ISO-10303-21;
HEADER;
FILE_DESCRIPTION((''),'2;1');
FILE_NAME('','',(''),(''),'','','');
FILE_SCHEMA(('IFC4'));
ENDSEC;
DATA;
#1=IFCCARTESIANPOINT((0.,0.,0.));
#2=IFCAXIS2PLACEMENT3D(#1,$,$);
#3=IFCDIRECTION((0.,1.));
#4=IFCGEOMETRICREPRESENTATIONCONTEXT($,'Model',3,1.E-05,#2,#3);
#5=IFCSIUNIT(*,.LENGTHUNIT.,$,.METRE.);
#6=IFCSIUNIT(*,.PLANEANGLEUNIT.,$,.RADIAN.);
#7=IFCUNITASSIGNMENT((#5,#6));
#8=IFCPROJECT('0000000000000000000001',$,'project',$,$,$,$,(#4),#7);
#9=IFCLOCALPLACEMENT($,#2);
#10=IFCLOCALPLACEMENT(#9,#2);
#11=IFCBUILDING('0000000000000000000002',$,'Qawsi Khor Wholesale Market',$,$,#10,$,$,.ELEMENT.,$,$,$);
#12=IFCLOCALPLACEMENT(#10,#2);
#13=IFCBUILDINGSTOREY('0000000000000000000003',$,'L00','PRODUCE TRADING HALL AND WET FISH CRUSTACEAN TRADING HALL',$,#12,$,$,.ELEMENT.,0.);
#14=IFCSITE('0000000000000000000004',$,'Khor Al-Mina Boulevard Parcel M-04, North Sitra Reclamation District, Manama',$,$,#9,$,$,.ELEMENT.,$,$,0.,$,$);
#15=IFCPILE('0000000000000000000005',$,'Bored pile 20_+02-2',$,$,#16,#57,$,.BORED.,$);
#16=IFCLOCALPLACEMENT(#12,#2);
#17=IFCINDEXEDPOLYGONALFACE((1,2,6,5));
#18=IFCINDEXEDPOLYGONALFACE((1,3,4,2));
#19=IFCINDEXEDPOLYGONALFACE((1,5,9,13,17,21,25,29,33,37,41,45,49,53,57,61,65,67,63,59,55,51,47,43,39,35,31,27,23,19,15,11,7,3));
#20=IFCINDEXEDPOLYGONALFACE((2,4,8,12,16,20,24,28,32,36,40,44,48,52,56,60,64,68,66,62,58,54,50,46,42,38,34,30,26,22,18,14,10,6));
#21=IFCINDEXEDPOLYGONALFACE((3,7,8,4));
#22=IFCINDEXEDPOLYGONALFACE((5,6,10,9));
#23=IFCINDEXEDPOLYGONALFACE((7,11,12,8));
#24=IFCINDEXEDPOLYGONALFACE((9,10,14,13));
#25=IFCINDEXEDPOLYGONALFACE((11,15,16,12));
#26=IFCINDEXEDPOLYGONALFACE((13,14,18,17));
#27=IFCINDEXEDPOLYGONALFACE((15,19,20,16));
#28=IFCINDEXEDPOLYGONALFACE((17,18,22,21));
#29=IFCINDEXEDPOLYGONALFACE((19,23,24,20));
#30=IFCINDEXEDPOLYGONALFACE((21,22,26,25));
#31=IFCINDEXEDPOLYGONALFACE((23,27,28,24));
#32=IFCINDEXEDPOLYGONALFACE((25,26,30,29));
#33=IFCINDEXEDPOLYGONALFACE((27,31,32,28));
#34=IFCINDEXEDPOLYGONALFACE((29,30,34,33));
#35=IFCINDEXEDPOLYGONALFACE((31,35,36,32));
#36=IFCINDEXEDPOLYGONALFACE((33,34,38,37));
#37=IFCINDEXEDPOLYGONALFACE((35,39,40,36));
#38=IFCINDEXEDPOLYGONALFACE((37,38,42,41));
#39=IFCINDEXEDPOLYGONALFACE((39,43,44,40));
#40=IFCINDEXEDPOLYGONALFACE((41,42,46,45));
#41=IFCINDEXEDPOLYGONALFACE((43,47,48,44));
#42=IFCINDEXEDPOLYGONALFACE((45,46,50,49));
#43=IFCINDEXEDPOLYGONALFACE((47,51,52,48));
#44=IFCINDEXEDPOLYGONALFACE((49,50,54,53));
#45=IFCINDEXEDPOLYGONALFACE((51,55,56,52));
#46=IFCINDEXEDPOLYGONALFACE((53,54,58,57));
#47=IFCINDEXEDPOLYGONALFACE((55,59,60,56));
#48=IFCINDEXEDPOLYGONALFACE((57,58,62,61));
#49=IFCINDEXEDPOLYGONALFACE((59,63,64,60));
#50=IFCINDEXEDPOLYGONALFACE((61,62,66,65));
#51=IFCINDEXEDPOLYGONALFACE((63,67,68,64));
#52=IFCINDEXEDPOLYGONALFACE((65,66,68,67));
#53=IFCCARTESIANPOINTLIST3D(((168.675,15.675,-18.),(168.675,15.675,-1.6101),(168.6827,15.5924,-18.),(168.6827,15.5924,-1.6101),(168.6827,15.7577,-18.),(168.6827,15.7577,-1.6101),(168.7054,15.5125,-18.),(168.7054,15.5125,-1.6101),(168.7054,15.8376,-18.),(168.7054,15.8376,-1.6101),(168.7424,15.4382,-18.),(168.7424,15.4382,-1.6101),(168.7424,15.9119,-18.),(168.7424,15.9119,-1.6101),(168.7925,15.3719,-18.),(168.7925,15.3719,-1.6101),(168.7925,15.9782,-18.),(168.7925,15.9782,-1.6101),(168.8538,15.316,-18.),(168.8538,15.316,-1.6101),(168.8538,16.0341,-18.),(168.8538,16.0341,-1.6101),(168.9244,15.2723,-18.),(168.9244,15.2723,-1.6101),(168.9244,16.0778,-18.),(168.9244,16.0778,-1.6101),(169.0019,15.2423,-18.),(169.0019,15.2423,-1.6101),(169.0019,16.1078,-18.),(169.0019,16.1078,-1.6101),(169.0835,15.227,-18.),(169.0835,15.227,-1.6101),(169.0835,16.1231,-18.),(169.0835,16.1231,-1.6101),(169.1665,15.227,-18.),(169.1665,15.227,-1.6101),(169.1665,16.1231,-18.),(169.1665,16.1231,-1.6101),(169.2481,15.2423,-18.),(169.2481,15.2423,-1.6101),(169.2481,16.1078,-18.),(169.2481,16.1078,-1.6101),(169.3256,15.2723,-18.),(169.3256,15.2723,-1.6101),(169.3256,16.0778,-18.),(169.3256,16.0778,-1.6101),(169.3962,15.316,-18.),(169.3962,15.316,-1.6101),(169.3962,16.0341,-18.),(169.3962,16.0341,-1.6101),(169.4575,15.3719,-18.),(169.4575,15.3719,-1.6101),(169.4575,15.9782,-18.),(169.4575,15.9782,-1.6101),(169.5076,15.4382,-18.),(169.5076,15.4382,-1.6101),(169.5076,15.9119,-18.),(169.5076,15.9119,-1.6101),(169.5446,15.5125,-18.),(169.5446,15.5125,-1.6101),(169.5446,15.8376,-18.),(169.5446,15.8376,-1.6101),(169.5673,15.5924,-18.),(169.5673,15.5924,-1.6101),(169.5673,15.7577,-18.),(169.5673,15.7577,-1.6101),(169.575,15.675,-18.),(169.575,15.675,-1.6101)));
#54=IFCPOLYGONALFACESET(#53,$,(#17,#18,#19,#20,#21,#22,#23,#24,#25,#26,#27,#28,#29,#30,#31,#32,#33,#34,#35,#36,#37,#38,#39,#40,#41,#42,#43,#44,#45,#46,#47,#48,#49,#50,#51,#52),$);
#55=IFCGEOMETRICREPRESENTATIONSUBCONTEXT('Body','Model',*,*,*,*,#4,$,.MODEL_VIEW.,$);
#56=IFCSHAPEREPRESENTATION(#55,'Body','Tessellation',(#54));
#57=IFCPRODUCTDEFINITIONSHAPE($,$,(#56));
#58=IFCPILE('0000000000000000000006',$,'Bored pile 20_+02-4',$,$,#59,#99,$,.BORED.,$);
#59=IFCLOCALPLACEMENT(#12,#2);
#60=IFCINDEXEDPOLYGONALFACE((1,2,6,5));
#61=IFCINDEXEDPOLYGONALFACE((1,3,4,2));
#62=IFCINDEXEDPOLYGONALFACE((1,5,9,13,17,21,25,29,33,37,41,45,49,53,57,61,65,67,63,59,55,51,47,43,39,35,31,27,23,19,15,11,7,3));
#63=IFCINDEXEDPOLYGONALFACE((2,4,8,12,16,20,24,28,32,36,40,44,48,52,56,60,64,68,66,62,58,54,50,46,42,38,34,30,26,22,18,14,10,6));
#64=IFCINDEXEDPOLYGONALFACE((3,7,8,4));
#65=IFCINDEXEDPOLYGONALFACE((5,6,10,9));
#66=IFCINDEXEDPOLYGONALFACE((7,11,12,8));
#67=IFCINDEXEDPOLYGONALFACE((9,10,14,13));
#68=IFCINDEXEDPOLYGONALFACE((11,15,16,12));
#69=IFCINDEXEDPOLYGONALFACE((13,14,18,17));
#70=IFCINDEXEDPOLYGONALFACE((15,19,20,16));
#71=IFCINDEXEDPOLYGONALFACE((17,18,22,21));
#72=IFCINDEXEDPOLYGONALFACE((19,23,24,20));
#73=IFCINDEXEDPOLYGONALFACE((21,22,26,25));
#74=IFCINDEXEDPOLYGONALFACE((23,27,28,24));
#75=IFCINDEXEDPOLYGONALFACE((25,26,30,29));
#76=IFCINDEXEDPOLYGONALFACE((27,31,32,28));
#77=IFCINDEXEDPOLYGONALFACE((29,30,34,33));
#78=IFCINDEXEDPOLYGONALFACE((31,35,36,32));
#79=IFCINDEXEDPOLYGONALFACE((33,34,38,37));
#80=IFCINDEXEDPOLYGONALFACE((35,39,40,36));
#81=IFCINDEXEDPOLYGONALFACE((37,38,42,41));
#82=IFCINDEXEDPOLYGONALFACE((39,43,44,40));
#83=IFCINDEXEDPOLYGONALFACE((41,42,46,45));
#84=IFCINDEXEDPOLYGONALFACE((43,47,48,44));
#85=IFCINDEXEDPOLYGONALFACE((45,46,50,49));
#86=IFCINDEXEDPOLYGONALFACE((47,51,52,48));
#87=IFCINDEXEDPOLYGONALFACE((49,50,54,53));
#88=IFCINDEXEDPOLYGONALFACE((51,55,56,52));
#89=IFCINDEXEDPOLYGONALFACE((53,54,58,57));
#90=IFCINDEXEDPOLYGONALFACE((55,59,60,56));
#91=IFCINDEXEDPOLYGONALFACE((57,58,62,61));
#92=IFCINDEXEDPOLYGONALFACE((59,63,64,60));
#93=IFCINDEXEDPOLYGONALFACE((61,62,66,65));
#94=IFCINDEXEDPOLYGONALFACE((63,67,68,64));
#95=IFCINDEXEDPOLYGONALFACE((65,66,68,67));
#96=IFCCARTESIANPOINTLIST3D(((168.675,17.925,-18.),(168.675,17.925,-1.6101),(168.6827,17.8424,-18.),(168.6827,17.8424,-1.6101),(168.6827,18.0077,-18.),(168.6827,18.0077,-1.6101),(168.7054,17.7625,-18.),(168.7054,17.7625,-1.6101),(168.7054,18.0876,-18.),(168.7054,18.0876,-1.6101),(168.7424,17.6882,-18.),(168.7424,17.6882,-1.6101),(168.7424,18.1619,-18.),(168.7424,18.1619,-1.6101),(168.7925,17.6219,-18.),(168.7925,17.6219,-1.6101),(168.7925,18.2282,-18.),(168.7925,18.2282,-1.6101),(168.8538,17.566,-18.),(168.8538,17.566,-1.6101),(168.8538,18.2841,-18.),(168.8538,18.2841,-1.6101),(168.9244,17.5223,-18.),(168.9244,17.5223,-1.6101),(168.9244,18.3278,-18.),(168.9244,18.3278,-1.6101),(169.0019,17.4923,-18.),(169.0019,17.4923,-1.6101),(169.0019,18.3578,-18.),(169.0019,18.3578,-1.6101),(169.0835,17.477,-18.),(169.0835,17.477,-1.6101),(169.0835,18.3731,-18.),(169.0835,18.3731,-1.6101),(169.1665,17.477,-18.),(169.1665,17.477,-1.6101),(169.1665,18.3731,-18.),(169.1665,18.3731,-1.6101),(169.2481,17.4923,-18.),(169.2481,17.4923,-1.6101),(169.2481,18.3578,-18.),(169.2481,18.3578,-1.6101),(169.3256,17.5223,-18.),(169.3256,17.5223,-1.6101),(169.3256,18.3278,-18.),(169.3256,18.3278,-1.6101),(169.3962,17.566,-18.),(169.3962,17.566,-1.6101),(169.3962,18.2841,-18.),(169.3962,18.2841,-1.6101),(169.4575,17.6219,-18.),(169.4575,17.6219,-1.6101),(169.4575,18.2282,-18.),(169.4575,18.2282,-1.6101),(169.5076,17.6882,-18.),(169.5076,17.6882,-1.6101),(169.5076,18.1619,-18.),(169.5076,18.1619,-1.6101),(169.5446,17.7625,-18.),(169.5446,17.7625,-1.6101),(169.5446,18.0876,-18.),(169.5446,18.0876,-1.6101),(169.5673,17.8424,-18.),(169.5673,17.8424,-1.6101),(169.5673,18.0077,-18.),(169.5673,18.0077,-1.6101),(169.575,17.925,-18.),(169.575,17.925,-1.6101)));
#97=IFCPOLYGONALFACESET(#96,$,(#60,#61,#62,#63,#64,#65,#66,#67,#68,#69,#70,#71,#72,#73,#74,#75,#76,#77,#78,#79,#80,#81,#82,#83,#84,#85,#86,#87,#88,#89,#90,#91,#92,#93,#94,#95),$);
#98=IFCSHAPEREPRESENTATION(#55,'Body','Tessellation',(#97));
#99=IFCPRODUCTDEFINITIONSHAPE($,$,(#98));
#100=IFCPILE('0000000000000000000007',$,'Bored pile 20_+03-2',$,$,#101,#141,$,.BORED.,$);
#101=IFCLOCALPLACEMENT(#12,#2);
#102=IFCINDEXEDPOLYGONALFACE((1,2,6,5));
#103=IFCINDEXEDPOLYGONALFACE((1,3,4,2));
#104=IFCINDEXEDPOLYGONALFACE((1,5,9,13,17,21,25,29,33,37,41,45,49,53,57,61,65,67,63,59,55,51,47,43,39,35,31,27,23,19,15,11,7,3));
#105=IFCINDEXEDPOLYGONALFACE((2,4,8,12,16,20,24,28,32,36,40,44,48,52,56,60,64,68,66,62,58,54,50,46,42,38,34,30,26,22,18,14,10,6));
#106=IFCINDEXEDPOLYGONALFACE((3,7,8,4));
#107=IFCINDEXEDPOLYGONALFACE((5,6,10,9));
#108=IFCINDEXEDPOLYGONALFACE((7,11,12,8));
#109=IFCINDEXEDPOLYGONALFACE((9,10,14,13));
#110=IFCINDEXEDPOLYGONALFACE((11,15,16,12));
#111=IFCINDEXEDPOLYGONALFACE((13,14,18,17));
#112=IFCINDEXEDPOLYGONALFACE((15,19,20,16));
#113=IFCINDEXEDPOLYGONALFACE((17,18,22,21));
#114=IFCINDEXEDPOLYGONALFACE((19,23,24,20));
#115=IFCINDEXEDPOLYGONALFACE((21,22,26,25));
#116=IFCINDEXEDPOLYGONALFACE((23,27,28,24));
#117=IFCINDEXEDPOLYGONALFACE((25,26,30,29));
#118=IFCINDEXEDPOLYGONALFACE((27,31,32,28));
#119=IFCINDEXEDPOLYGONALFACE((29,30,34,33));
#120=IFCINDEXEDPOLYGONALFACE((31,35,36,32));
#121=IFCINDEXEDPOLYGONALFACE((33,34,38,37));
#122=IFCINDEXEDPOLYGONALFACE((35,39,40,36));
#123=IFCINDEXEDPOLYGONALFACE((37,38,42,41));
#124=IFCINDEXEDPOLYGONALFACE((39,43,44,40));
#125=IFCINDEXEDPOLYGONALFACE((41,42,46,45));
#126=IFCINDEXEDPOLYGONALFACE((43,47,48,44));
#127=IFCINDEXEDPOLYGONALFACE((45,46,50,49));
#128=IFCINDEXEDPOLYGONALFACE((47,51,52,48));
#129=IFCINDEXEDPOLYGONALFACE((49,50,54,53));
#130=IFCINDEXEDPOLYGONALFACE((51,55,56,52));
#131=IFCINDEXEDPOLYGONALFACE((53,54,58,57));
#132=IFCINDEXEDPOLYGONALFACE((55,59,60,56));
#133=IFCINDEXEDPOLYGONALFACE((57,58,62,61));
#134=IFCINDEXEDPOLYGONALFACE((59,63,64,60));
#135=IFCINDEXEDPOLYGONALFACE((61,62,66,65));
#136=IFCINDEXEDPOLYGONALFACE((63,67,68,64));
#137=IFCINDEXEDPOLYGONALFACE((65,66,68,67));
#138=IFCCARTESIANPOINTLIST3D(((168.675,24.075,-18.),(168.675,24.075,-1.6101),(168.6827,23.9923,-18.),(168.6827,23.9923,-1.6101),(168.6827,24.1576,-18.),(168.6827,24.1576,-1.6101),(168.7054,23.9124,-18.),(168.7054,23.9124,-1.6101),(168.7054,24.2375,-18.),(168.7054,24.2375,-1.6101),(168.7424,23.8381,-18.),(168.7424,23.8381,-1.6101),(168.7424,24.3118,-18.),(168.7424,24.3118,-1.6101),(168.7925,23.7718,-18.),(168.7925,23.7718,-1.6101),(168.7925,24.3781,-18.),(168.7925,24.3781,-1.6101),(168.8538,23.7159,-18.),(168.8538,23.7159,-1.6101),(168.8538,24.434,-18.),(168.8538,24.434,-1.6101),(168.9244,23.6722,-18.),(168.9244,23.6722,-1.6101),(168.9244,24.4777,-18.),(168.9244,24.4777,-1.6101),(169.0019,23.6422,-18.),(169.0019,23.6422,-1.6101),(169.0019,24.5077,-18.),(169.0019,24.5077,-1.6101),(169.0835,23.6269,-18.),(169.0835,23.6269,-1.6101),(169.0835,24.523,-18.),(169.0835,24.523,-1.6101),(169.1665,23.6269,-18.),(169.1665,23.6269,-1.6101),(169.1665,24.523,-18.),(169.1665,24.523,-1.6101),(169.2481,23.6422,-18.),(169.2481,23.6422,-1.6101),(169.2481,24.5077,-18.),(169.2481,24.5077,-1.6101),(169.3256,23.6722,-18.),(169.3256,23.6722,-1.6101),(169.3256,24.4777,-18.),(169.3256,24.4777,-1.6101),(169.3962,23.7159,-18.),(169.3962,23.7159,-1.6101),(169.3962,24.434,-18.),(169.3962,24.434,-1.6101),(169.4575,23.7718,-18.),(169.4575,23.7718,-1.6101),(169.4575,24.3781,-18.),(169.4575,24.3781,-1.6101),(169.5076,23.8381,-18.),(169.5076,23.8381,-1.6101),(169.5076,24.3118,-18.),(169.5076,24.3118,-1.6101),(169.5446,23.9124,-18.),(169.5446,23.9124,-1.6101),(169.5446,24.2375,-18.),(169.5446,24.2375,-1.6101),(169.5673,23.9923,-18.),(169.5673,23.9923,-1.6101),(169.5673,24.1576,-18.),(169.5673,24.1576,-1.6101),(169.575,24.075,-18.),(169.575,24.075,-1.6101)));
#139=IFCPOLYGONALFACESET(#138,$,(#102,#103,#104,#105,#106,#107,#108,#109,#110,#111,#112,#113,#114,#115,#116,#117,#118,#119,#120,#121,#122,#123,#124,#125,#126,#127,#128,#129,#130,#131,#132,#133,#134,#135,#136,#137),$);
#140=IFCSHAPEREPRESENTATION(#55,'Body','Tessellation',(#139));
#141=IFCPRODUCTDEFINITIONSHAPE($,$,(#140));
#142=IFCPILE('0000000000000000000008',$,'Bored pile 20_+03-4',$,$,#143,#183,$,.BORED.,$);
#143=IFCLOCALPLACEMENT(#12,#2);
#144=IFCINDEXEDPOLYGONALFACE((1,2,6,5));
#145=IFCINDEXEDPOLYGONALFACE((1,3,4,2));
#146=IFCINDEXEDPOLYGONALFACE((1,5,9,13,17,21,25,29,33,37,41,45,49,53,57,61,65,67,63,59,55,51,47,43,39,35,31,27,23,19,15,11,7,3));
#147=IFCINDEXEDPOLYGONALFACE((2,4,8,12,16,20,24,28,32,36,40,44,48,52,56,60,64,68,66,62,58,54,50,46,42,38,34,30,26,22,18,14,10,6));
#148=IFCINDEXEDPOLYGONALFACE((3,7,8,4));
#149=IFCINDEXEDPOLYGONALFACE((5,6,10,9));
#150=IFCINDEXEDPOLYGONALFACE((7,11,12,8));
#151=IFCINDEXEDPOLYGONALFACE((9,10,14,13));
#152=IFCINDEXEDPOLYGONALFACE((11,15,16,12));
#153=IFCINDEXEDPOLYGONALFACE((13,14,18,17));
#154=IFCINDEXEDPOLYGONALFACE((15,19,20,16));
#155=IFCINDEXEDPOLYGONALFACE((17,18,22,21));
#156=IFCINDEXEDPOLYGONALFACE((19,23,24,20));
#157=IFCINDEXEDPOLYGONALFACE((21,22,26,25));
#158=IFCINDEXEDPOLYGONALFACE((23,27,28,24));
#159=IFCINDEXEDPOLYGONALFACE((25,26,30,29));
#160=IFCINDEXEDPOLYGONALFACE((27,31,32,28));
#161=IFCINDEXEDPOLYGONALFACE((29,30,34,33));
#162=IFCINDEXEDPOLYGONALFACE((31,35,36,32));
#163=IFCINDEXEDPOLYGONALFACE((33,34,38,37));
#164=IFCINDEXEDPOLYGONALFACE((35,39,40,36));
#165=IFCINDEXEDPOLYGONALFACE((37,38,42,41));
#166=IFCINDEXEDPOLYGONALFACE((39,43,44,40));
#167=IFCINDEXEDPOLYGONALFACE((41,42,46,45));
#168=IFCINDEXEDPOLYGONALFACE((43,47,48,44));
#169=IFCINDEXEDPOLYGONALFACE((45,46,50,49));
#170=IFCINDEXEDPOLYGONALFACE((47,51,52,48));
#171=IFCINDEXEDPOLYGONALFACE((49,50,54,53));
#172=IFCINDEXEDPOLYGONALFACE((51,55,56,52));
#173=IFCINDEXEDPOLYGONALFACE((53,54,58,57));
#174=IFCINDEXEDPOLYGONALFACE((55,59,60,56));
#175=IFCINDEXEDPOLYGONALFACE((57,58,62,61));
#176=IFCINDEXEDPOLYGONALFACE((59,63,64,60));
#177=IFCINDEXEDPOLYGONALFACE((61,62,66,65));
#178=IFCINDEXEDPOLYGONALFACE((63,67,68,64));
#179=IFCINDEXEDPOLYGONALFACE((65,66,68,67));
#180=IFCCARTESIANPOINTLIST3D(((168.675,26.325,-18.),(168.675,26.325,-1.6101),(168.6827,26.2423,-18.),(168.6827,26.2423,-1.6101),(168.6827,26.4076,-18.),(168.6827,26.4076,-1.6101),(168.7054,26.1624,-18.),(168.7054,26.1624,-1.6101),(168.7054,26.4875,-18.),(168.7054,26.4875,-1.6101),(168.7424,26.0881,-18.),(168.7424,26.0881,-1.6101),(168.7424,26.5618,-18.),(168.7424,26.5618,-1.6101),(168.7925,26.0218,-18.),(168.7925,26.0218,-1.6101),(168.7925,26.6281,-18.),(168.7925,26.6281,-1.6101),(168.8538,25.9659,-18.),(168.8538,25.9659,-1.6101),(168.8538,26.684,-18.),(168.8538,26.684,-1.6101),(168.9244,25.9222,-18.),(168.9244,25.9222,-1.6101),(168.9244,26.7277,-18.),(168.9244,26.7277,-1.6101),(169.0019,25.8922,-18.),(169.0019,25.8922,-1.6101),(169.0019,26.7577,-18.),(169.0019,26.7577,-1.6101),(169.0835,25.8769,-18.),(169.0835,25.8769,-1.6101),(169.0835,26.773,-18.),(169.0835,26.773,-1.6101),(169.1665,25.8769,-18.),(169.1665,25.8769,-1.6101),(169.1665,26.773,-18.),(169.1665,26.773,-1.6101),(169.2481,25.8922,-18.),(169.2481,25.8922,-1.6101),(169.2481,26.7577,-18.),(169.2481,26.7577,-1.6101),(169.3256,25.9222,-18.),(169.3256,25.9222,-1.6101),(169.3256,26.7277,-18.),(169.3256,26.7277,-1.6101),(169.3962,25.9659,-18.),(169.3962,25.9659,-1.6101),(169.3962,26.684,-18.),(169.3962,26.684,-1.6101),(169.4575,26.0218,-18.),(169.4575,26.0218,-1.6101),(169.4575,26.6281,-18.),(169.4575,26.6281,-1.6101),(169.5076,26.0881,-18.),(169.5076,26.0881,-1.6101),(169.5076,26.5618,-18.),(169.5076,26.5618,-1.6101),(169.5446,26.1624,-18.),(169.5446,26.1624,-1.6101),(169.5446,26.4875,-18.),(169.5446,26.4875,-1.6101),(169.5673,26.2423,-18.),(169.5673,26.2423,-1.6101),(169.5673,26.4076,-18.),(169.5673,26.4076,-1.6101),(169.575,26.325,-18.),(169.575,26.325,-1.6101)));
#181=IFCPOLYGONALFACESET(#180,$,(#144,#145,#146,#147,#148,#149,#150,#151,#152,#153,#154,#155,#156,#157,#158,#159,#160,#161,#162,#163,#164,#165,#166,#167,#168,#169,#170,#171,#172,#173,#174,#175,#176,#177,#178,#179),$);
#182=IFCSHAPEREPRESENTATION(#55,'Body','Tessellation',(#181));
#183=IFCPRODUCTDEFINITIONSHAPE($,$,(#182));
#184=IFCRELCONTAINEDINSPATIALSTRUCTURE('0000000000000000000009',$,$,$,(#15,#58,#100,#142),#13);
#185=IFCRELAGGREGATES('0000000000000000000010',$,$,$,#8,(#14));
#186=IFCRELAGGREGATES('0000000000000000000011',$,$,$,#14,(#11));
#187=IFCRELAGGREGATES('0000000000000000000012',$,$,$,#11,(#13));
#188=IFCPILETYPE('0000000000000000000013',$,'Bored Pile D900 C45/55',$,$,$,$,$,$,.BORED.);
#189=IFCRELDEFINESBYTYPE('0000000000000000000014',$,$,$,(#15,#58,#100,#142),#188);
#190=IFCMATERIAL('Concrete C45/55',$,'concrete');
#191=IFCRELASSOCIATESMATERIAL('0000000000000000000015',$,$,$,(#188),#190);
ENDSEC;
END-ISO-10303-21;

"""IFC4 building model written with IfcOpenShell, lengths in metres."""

from ifc_helpers import new_model, si_unit, direction, frame, origin, origin_2d, place, context, subcontext, project, spatial, circle, extrude, material, material_profile, profile_set, type_object, element, save


model = new_model("IFC4")

# Units and contexts
model_context = context("Model", 3, precision=1e-05, world=origin(), true_north=direction((0.0, 1.0)))
body_context = subcontext(model_context, "Body", "Model", "MODEL_VIEW")
ifc_project = project(units=[si_unit("LENGTHUNIT", "METRE"), si_unit("PLANEANGLEUNIT", "RADIAN")], contexts=[model_context])

# Site, building, storey
site_placement = place(None, origin())
site = spatial("IfcSite", under=ifc_project, at=site_placement, Name="Khor Al-Mina Boulevard Parcel M-04, North Sitra Reclamation District, Manama", CompositionType="ELEMENT", RefElevation=0.0)
building_placement = place(site_placement, origin())
building = spatial("IfcBuilding", under=site, at=building_placement, Name="Qawsi Khor Wholesale Market", CompositionType="ELEMENT")
storey_placement = place(building_placement, origin())
storey = spatial("IfcBuildingStorey", under=building, at=storey_placement, Name="L00", Description="PRODUCE TRADING HALL AND WET FISH CRUSTACEAN TRADING HALL", CompositionType="ELEMENT", Elevation=0.0)

# Piles
ifc_material_1 = material(Name="Concrete C45/55", Category="concrete")
ifc_material_profile_1 = material_profile(ifc_material_1, circle(Radius=0.45, at=origin_2d()), Name="PILE D900")
ifc_profile_set_1 = profile_set([ifc_material_profile_1], Name="Concrete C45/55")
pile_type = type_object("IfcPileType", Name="Bored Pile D900 C45/55", PredefinedType="BORED", material=ifc_profile_set_1)
for number, where, z_axis, x_axis, name in (
    (1, (169.125, 15.675, -1.6101), (0.0, 0.0, -1.0), (1.0, 0.0, 0.0), "Bored pile 20_+02-2"),
    (2, (169.125, 17.925, -1.6101), (0.0, 0.0, -1.0), (1.0, 0.0, 0.0), "Bored pile 20_+02-4"),
    (3, (169.125, 24.075, -1.6101), (0.0, 0.0, -1.0), (1.0, 0.0, 0.0), "Bored pile 20_+03-2"),
    (4, (169.125, 26.325, -1.6101), (0.0, 0.0, -1.0), (1.0, 0.0, 0.0), "Bored pile 20_+03-4"),
):
    element("IfcPile", number, at=place(storey_placement, frame(where, z_axis=z_axis, x_axis=x_axis)), inside=storey, type_object=pile_type, Name=name, PredefinedType="BORED", context=body_context, shape_type="SweptSolid", body=[
        extrude(circle(Radius=0.45, at=origin_2d()), origin(), (0.0, 0.0, 1.0), 16.3899),
    ])

save(model, "model.ifc")
